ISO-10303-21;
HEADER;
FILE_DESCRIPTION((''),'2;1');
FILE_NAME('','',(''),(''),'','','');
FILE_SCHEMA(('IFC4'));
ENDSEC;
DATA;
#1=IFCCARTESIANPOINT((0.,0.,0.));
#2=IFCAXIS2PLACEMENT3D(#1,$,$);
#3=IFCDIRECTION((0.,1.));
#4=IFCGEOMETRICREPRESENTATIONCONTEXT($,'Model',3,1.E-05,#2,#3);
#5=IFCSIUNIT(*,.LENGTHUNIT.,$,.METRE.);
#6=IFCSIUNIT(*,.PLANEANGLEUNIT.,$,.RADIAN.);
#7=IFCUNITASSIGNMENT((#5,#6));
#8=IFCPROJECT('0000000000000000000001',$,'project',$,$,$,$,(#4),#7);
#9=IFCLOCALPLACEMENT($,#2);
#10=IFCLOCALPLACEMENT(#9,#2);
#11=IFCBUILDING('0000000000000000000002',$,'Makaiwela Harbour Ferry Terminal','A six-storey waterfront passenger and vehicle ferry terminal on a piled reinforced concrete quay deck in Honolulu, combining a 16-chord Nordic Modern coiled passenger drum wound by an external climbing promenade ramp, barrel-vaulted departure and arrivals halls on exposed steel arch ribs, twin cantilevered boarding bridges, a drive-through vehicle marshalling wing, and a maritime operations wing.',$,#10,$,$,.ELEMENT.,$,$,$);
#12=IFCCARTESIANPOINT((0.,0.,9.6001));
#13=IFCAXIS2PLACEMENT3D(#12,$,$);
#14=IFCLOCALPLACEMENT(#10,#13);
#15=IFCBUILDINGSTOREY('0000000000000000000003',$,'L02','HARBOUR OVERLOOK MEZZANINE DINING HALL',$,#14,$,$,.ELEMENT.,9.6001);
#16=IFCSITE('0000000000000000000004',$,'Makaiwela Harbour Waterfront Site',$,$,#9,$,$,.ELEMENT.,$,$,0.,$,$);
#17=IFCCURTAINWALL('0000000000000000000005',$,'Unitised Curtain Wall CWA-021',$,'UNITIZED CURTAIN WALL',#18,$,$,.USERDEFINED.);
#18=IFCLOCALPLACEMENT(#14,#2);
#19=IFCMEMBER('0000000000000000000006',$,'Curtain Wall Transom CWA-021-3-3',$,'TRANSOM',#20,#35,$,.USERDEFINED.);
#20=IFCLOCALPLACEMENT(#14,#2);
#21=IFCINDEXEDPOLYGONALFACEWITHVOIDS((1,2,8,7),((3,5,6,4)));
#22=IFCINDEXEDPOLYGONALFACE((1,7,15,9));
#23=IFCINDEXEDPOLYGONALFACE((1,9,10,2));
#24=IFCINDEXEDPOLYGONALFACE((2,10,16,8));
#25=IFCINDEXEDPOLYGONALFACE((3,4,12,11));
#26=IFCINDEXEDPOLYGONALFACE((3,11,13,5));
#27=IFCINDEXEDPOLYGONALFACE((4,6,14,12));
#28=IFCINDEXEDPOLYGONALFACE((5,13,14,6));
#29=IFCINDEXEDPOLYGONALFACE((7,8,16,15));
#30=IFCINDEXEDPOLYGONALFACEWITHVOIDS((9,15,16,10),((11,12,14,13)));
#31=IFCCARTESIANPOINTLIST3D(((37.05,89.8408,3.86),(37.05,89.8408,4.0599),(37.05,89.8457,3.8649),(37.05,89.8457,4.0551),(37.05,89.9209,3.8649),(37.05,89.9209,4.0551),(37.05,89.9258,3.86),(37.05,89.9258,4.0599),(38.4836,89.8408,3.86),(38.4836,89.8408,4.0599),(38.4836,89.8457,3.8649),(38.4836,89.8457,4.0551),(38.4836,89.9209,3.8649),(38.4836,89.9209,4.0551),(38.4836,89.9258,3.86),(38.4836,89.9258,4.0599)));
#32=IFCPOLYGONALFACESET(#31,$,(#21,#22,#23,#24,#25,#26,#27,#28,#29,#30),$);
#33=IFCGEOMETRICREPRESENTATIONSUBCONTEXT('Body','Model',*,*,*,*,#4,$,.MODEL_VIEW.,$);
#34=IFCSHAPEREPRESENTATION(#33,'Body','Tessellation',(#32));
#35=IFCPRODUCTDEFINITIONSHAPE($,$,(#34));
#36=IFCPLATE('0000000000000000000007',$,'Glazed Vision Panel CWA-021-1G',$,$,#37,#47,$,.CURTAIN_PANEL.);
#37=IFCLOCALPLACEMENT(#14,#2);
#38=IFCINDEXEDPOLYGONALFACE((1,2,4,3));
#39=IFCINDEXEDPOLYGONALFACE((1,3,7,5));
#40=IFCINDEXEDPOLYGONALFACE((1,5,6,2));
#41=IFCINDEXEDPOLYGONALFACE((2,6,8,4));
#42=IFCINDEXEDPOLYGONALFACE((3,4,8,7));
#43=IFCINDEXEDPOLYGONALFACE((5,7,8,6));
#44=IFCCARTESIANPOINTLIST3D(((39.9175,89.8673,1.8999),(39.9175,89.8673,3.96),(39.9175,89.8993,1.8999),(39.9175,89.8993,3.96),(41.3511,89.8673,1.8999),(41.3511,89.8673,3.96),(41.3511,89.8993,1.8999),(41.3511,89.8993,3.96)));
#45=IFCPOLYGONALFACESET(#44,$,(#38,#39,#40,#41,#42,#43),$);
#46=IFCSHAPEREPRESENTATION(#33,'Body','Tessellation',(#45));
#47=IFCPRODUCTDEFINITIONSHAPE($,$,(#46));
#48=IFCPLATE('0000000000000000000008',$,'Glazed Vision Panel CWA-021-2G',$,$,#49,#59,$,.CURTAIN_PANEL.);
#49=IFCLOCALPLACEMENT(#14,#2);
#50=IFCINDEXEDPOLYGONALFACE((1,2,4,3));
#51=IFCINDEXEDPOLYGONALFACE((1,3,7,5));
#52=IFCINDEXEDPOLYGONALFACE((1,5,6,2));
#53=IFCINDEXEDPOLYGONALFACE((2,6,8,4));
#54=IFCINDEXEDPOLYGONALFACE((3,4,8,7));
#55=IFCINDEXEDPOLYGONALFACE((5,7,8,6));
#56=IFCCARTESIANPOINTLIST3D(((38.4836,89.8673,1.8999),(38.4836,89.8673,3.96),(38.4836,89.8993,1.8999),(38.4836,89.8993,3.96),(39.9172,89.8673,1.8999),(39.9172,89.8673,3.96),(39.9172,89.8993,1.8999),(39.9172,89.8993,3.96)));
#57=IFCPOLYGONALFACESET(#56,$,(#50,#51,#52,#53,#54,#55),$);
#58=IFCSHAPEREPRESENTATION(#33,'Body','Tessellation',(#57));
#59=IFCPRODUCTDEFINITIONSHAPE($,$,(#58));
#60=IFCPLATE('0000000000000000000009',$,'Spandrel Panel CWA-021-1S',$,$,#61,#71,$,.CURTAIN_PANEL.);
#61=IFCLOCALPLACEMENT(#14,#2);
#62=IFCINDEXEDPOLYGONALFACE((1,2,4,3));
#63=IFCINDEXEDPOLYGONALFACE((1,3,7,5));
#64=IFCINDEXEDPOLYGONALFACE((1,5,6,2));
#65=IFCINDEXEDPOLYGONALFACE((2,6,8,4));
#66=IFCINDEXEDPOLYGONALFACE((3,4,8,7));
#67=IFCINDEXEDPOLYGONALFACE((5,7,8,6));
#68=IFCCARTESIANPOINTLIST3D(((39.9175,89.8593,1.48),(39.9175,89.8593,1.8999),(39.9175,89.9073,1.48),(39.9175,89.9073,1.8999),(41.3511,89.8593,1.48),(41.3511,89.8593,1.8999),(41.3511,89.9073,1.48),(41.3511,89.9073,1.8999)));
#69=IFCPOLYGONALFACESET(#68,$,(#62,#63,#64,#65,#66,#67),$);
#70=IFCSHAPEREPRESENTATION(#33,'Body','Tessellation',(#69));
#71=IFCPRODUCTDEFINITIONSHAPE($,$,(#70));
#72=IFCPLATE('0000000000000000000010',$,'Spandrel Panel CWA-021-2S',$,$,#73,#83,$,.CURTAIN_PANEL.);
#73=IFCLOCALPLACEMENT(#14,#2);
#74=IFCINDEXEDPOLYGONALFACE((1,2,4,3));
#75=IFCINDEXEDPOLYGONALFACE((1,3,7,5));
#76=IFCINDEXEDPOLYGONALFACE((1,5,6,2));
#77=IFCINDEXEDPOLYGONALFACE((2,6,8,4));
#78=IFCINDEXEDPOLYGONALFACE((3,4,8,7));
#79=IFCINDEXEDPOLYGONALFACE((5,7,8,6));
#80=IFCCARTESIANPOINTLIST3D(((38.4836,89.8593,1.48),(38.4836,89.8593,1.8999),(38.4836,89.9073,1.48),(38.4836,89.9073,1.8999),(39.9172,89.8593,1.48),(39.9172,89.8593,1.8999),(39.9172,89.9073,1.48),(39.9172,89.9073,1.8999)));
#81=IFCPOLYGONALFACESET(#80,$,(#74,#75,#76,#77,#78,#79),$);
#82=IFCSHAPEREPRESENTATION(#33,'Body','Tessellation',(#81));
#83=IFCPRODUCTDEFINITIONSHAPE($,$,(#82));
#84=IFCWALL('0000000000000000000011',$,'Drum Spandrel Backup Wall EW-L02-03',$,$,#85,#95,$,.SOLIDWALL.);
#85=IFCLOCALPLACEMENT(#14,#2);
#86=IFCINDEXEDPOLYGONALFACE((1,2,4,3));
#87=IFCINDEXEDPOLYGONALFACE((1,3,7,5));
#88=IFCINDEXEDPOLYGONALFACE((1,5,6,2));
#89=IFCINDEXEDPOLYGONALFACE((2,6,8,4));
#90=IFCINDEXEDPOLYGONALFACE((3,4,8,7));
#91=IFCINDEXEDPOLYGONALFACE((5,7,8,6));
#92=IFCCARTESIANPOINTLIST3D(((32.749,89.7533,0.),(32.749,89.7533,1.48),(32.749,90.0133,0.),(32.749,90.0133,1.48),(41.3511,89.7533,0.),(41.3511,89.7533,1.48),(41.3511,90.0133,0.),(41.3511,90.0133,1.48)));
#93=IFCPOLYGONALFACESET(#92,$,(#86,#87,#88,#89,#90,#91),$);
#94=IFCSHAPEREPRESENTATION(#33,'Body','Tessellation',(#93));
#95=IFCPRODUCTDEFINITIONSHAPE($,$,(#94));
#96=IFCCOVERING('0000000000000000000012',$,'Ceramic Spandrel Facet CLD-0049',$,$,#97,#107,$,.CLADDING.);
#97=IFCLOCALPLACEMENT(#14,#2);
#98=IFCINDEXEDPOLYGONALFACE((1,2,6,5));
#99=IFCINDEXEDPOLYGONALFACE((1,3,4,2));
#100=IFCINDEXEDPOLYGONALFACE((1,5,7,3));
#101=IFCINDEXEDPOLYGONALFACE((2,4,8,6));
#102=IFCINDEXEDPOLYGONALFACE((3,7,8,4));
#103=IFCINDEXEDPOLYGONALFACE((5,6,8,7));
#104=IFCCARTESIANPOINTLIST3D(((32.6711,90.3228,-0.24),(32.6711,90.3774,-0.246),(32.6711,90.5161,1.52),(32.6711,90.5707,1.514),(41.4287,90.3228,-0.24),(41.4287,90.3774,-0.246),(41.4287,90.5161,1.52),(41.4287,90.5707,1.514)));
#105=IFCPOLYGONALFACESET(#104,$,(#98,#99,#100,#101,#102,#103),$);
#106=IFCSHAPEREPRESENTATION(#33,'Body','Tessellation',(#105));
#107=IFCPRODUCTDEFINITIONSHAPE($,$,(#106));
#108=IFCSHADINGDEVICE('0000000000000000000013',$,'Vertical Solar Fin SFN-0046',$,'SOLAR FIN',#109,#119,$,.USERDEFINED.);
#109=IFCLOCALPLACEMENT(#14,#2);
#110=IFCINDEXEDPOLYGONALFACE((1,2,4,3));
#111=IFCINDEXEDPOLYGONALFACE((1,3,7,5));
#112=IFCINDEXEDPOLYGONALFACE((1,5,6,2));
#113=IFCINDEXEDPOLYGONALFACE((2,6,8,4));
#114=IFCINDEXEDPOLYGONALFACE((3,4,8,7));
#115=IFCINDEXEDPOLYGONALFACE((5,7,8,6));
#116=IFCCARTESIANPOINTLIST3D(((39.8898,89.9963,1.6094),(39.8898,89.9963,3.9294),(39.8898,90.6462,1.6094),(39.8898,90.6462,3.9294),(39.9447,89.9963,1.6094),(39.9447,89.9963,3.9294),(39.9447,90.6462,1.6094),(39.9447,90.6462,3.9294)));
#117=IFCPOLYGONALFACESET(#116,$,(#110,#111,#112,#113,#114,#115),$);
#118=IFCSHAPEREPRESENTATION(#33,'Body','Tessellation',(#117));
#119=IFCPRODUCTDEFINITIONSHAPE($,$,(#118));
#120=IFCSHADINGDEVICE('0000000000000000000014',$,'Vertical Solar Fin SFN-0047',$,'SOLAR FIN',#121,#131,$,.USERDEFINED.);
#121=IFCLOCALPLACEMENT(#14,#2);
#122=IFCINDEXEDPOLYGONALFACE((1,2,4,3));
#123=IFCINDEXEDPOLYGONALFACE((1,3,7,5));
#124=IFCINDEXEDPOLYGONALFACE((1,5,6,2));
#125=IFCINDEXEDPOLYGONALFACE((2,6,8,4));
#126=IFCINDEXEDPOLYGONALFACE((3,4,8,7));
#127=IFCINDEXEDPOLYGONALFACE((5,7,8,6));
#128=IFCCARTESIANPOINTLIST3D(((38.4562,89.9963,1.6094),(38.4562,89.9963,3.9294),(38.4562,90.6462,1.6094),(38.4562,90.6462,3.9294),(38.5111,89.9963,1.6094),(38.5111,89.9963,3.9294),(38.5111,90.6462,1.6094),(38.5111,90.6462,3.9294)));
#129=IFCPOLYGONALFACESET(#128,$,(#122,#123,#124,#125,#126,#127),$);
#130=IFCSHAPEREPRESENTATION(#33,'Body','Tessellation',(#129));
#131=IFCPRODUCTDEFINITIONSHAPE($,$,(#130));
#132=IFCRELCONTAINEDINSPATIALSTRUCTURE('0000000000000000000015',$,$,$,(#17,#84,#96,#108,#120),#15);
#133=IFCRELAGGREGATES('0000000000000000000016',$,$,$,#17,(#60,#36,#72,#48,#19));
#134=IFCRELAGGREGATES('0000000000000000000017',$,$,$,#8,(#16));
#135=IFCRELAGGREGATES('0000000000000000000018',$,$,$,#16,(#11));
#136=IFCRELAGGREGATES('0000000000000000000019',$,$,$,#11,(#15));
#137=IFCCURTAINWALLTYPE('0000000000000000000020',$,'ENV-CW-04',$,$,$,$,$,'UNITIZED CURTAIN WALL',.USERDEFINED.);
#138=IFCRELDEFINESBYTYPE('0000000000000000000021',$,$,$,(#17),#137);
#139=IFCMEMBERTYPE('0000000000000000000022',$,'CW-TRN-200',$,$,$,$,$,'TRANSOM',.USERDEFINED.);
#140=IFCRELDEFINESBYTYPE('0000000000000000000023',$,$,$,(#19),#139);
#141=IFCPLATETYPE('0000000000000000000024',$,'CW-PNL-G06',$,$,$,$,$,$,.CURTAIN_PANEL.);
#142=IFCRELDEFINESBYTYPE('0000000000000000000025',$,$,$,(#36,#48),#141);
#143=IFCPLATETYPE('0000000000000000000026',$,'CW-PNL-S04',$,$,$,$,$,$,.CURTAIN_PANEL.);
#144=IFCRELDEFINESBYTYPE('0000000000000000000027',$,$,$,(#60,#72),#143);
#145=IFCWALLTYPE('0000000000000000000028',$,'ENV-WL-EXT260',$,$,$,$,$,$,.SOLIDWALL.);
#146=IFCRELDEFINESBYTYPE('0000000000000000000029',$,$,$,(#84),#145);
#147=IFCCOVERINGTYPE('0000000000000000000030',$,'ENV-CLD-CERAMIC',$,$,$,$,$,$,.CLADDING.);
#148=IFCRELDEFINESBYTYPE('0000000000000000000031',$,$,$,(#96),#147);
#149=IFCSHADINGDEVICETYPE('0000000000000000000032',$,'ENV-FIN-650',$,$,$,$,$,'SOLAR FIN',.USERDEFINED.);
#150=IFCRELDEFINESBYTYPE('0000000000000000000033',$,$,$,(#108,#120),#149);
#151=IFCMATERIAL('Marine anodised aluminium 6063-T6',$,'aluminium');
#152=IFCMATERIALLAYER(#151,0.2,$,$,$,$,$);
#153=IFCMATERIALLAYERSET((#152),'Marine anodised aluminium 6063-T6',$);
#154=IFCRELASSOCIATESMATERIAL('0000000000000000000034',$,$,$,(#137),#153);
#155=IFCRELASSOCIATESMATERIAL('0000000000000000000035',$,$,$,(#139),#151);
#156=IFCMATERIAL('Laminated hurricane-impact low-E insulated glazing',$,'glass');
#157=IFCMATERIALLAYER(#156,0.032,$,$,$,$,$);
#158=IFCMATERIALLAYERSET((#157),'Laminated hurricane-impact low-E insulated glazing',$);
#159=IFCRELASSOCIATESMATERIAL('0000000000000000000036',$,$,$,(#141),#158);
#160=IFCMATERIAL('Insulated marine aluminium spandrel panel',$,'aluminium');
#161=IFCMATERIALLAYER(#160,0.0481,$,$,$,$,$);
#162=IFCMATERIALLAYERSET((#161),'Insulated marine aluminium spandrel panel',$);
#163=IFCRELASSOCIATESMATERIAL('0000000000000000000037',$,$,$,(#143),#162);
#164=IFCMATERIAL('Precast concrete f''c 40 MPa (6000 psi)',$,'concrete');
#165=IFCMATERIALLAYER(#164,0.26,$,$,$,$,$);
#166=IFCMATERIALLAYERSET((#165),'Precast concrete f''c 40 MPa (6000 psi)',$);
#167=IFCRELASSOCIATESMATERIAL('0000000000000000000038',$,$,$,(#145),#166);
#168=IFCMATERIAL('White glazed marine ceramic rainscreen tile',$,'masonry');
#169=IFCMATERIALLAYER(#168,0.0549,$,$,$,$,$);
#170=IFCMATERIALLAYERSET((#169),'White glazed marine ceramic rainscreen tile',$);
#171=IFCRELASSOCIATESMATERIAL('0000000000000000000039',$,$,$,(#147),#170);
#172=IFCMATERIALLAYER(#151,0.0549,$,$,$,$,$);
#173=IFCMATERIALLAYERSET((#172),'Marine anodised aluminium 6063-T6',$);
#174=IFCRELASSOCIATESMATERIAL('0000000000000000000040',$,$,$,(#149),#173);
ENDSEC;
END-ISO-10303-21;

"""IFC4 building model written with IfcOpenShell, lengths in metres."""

from ifc_helpers import new_model, si_unit, direction, frame, frame_2d, origin, origin_2d, place, context, subcontext, project, spatial, polyline, rectangle, hollow_rectangle, outline, extrude, material, layer, layer_set, material_profile, profile_set, type_object, element, aggregate, save


model = new_model("IFC4")

# Units and contexts
model_context = context("Model", 3, precision=1e-05, world=origin(), true_north=direction((0.0, 1.0)))
body_context = subcontext(model_context, "Body", "Model", "MODEL_VIEW")
ifc_project = project(units=[si_unit("LENGTHUNIT", "METRE"), si_unit("PLANEANGLEUNIT", "RADIAN")], contexts=[model_context])

# Site, building, storey
site_placement = place(None, origin())
site = spatial("IfcSite", under=ifc_project, at=site_placement, Name="Makaiwela Harbour Waterfront Site", CompositionType="ELEMENT", RefElevation=0.0)
building_placement = place(site_placement, origin())
building = spatial("IfcBuilding", under=site, at=building_placement, Name="Makaiwela Harbour Ferry Terminal", Description="A six-storey waterfront passenger and vehicle ferry terminal on a piled reinforced concrete quay deck in Honolulu, combining a 16-chord Nordic Modern coiled passenger drum wound by an external climbing promenade ramp, barrel-vaulted departure and arrivals halls on exposed steel arch ribs, twin cantilevered boarding bridges, a drive-through vehicle marshalling wing, and a maritime operations wing.", CompositionType="ELEMENT")
storey_placement = place(building_placement, frame((0.0, 0.0, 9.6001)))
storey = spatial("IfcBuildingStorey", under=building, at=storey_placement, Name="L02", Description="HARBOUR OVERLOOK MEZZANINE DINING HALL", CompositionType="ELEMENT", Elevation=9.6001)

# Curtain wall, member, plates
ifc_material_1 = material(Name="Marine anodised aluminium 6063-T6", Category="aluminium")
ifc_layer_1 = layer(ifc_material_1, 0.2)
ifc_layer_set_1 = layer_set([ifc_layer_1], Name="Marine anodised aluminium 6063-T6")
curtain_wall_type = type_object("IfcCurtainWallType", Name="ENV-CW-04", ElementType="UNITIZED CURTAIN WALL", PredefinedType="USERDEFINED", material=ifc_layer_set_1)
curtain_wall_placement = place(storey_placement, origin())
curtain_wall = element("IfcCurtainWall", 1, at=curtain_wall_placement, inside=storey, type_object=curtain_wall_type, Name="Unitised Curtain Wall CWA-021", ObjectType="UNITIZED CURTAIN WALL", PredefinedType="USERDEFINED")
ifc_material_profile_1 = material_profile(ifc_material_1, hollow_rectangle(XDim=0.085, YDim=0.2, WallThickness=0.0049, at=origin_2d()), Name="CWT-200X85")
ifc_profile_set_1 = profile_set([ifc_material_profile_1], Name="Marine anodised aluminium 6063-T6")
member_type_1 = type_object("IfcMemberType", Name="CW-TRN-200", ElementType="TRANSOM", PredefinedType="USERDEFINED", material=ifc_profile_set_1)
member_1_placement = place(storey_placement, frame((38.4836, 89.8833, 3.96), z_axis=(-1.0, 0.0, 0.0), x_axis=(0.0, -1.0, 0.0)))
member_1 = element("IfcMember", 2, at=member_1_placement, type_object=member_type_1, Name="Curtain Wall Transom CWA-021-3-3", ObjectType="TRANSOM", PredefinedType="USERDEFINED", context=body_context, shape_type="SweptSolid", body=[
    extrude(hollow_rectangle(XDim=0.085, YDim=0.2, WallThickness=0.0049, at=origin_2d()), origin(), (0.0, 0.0, 1.0), 1.4336),
])
ifc_material_2 = material(Name="Laminated hurricane-impact low-E insulated glazing", Category="glass")
ifc_layer_2 = layer(ifc_material_2, 0.032)
ifc_layer_set_2 = layer_set([ifc_layer_2], Name="Laminated hurricane-impact low-E insulated glazing")
plate_type_1 = type_object("IfcPlateType", Name="CW-PNL-G06", PredefinedType="CURTAIN_PANEL", material=ifc_layer_set_2)
plate_1_placement = place(storey_placement, frame((40.6343, 89.8833, 1.8999), z_axis=(0.0, 0.0, 1.0), x_axis=(-1.0, 0.0, 0.0)))
plate_1 = element("IfcPlate", 3, at=plate_1_placement, type_object=plate_type_1, Name="Glazed Vision Panel CWA-021-1G", PredefinedType="CURTAIN_PANEL", context=body_context, shape_type="SweptSolid", body=[
    extrude(rectangle(XDim=1.4336, YDim=0.032, at=origin_2d()), origin(), (0.0, 0.0, 1.0), 2.0601),
])
plate_2_placement = place(storey_placement, frame((39.2004, 89.8833, 1.8999), z_axis=(0.0, 0.0, 1.0), x_axis=(-1.0, 0.0, 0.0)))
plate_2 = element("IfcPlate", 4, at=plate_2_placement, type_object=plate_type_1, Name="Glazed Vision Panel CWA-021-2G", PredefinedType="CURTAIN_PANEL", context=body_context, shape_type="SweptSolid", body=[
    extrude(rectangle(XDim=1.4336, YDim=0.032, at=origin_2d()), origin(), (0.0, 0.0, 1.0), 2.0601),
])
ifc_material_3 = material(Name="Insulated marine aluminium spandrel panel", Category="aluminium")
ifc_layer_3 = layer(ifc_material_3, 0.0481)
ifc_layer_set_3 = layer_set([ifc_layer_3], Name="Insulated marine aluminium spandrel panel")
plate_type_2 = type_object("IfcPlateType", Name="CW-PNL-S04", PredefinedType="CURTAIN_PANEL", material=ifc_layer_set_3)
plate_3_placement = place(storey_placement, frame((40.6343, 89.8833, 1.48), z_axis=(0.0, 0.0, 1.0), x_axis=(-1.0, 0.0, 0.0)))
plate_3 = element("IfcPlate", 5, at=plate_3_placement, type_object=plate_type_2, Name="Spandrel Panel CWA-021-1S", PredefinedType="CURTAIN_PANEL", context=body_context, shape_type="SweptSolid", body=[
    extrude(rectangle(XDim=1.4336, YDim=0.0481, at=origin_2d()), origin(), (0.0, 0.0, 1.0), 0.4199),
])
plate_4_placement = place(storey_placement, frame((39.2004, 89.8833, 1.48), z_axis=(0.0, 0.0, 1.0), x_axis=(-1.0, 0.0, 0.0)))
plate_4 = element("IfcPlate", 6, at=plate_4_placement, type_object=plate_type_2, Name="Spandrel Panel CWA-021-2S", PredefinedType="CURTAIN_PANEL", context=body_context, shape_type="SweptSolid", body=[
    extrude(rectangle(XDim=1.4336, YDim=0.0481, at=origin_2d()), origin(), (0.0, 0.0, 1.0), 0.4199),
])
aggregate(curtain_wall, [plate_3, plate_1, plate_4, plate_2, member_1])

# Wall
ifc_material_4 = material(Name="Precast concrete f'c 40 MPa (6000 psi)", Category="concrete")
ifc_layer_4 = layer(ifc_material_4, 0.26)
ifc_layer_set_4 = layer_set([ifc_layer_4], Name="Precast concrete f'c 40 MPa (6000 psi)")
wall_type = type_object("IfcWallType", Name="ENV-WL-EXT260", PredefinedType="SOLIDWALL", material=ifc_layer_set_4)
wall_placement = place(storey_placement, frame((41.3511, 89.8833, 0.0), z_axis=(0.0, 0.0, 1.0), x_axis=(-1.0, 0.0, 0.0)))
element("IfcWall", 7, at=wall_placement, inside=storey, type_object=wall_type, Name="Drum Spandrel Backup Wall EW-L02-03", PredefinedType="SOLIDWALL", context=body_context, shape_type="SweptSolid", body=[
    extrude(rectangle(XDim=8.6021, YDim=0.26, at=frame_2d((4.301, 0.0))), origin(), (0.0, 0.0, 1.0), 1.48),
])

# Covering
ifc_material_5 = material(Name="White glazed marine ceramic rainscreen tile", Category="masonry")
ifc_layer_5 = layer(ifc_material_5, 0.0549)
ifc_layer_set_5 = layer_set([ifc_layer_5], Name="White glazed marine ceramic rainscreen tile")
covering_type = type_object("IfcCoveringType", Name="ENV-CLD-CERAMIC", PredefinedType="CLADDING", material=ifc_layer_set_5)
covering_placement = place(storey_placement, frame((41.4287, 90.3228, -0.24), z_axis=(0.0, -0.994019, 0.109206), x_axis=(-1.0, 0.0, 0.0)))
element("IfcCovering", 8, at=covering_placement, inside=storey, type_object=covering_type, Name="Ceramic Spandrel Facet CLD-0049", PredefinedType="CLADDING", context=body_context, shape_type="SweptSolid", body=[
    extrude(outline(polyline([(0.0, 0.0), (8.7576, 0.0), (8.7576, -1.7706), (0.0, -1.7706), (0.0, 0.0)])), origin(), (0.0, 0.0, -1.0), 0.0549),
])

# Shading devices
ifc_layer_6 = layer(ifc_material_1, 0.0549)
ifc_layer_set_6 = layer_set([ifc_layer_6], Name="Marine anodised aluminium 6063-T6")
shading_device_type = type_object("IfcShadingDeviceType", Name="ENV-FIN-650", ElementType="SOLAR FIN", PredefinedType="USERDEFINED", material=ifc_layer_set_6)
for number, where, z_axis, x_axis, name in (
    (9, (39.9172, 90.3213, 1.6094), (0.0, 0.0, 1.0), (0.0, 1.0, 0.0), "Vertical Solar Fin SFN-0046"),
    (10, (38.4836, 90.3213, 1.6094), (0.0, 0.0, 1.0), (0.0, 1.0, 0.0), "Vertical Solar Fin SFN-0047"),
):
    element("IfcShadingDevice", number, at=place(storey_placement, frame(where, z_axis=z_axis, x_axis=x_axis)), inside=storey, type_object=shading_device_type, Name=name, ObjectType="SOLAR FIN", PredefinedType="USERDEFINED", context=body_context, shape_type="SweptSolid", body=[
        extrude(rectangle(XDim=0.6499, YDim=0.0549, at=origin_2d()), origin(), (0.0, 0.0, 1.0), 2.3201),
    ])

save(model, "model.ifc")
